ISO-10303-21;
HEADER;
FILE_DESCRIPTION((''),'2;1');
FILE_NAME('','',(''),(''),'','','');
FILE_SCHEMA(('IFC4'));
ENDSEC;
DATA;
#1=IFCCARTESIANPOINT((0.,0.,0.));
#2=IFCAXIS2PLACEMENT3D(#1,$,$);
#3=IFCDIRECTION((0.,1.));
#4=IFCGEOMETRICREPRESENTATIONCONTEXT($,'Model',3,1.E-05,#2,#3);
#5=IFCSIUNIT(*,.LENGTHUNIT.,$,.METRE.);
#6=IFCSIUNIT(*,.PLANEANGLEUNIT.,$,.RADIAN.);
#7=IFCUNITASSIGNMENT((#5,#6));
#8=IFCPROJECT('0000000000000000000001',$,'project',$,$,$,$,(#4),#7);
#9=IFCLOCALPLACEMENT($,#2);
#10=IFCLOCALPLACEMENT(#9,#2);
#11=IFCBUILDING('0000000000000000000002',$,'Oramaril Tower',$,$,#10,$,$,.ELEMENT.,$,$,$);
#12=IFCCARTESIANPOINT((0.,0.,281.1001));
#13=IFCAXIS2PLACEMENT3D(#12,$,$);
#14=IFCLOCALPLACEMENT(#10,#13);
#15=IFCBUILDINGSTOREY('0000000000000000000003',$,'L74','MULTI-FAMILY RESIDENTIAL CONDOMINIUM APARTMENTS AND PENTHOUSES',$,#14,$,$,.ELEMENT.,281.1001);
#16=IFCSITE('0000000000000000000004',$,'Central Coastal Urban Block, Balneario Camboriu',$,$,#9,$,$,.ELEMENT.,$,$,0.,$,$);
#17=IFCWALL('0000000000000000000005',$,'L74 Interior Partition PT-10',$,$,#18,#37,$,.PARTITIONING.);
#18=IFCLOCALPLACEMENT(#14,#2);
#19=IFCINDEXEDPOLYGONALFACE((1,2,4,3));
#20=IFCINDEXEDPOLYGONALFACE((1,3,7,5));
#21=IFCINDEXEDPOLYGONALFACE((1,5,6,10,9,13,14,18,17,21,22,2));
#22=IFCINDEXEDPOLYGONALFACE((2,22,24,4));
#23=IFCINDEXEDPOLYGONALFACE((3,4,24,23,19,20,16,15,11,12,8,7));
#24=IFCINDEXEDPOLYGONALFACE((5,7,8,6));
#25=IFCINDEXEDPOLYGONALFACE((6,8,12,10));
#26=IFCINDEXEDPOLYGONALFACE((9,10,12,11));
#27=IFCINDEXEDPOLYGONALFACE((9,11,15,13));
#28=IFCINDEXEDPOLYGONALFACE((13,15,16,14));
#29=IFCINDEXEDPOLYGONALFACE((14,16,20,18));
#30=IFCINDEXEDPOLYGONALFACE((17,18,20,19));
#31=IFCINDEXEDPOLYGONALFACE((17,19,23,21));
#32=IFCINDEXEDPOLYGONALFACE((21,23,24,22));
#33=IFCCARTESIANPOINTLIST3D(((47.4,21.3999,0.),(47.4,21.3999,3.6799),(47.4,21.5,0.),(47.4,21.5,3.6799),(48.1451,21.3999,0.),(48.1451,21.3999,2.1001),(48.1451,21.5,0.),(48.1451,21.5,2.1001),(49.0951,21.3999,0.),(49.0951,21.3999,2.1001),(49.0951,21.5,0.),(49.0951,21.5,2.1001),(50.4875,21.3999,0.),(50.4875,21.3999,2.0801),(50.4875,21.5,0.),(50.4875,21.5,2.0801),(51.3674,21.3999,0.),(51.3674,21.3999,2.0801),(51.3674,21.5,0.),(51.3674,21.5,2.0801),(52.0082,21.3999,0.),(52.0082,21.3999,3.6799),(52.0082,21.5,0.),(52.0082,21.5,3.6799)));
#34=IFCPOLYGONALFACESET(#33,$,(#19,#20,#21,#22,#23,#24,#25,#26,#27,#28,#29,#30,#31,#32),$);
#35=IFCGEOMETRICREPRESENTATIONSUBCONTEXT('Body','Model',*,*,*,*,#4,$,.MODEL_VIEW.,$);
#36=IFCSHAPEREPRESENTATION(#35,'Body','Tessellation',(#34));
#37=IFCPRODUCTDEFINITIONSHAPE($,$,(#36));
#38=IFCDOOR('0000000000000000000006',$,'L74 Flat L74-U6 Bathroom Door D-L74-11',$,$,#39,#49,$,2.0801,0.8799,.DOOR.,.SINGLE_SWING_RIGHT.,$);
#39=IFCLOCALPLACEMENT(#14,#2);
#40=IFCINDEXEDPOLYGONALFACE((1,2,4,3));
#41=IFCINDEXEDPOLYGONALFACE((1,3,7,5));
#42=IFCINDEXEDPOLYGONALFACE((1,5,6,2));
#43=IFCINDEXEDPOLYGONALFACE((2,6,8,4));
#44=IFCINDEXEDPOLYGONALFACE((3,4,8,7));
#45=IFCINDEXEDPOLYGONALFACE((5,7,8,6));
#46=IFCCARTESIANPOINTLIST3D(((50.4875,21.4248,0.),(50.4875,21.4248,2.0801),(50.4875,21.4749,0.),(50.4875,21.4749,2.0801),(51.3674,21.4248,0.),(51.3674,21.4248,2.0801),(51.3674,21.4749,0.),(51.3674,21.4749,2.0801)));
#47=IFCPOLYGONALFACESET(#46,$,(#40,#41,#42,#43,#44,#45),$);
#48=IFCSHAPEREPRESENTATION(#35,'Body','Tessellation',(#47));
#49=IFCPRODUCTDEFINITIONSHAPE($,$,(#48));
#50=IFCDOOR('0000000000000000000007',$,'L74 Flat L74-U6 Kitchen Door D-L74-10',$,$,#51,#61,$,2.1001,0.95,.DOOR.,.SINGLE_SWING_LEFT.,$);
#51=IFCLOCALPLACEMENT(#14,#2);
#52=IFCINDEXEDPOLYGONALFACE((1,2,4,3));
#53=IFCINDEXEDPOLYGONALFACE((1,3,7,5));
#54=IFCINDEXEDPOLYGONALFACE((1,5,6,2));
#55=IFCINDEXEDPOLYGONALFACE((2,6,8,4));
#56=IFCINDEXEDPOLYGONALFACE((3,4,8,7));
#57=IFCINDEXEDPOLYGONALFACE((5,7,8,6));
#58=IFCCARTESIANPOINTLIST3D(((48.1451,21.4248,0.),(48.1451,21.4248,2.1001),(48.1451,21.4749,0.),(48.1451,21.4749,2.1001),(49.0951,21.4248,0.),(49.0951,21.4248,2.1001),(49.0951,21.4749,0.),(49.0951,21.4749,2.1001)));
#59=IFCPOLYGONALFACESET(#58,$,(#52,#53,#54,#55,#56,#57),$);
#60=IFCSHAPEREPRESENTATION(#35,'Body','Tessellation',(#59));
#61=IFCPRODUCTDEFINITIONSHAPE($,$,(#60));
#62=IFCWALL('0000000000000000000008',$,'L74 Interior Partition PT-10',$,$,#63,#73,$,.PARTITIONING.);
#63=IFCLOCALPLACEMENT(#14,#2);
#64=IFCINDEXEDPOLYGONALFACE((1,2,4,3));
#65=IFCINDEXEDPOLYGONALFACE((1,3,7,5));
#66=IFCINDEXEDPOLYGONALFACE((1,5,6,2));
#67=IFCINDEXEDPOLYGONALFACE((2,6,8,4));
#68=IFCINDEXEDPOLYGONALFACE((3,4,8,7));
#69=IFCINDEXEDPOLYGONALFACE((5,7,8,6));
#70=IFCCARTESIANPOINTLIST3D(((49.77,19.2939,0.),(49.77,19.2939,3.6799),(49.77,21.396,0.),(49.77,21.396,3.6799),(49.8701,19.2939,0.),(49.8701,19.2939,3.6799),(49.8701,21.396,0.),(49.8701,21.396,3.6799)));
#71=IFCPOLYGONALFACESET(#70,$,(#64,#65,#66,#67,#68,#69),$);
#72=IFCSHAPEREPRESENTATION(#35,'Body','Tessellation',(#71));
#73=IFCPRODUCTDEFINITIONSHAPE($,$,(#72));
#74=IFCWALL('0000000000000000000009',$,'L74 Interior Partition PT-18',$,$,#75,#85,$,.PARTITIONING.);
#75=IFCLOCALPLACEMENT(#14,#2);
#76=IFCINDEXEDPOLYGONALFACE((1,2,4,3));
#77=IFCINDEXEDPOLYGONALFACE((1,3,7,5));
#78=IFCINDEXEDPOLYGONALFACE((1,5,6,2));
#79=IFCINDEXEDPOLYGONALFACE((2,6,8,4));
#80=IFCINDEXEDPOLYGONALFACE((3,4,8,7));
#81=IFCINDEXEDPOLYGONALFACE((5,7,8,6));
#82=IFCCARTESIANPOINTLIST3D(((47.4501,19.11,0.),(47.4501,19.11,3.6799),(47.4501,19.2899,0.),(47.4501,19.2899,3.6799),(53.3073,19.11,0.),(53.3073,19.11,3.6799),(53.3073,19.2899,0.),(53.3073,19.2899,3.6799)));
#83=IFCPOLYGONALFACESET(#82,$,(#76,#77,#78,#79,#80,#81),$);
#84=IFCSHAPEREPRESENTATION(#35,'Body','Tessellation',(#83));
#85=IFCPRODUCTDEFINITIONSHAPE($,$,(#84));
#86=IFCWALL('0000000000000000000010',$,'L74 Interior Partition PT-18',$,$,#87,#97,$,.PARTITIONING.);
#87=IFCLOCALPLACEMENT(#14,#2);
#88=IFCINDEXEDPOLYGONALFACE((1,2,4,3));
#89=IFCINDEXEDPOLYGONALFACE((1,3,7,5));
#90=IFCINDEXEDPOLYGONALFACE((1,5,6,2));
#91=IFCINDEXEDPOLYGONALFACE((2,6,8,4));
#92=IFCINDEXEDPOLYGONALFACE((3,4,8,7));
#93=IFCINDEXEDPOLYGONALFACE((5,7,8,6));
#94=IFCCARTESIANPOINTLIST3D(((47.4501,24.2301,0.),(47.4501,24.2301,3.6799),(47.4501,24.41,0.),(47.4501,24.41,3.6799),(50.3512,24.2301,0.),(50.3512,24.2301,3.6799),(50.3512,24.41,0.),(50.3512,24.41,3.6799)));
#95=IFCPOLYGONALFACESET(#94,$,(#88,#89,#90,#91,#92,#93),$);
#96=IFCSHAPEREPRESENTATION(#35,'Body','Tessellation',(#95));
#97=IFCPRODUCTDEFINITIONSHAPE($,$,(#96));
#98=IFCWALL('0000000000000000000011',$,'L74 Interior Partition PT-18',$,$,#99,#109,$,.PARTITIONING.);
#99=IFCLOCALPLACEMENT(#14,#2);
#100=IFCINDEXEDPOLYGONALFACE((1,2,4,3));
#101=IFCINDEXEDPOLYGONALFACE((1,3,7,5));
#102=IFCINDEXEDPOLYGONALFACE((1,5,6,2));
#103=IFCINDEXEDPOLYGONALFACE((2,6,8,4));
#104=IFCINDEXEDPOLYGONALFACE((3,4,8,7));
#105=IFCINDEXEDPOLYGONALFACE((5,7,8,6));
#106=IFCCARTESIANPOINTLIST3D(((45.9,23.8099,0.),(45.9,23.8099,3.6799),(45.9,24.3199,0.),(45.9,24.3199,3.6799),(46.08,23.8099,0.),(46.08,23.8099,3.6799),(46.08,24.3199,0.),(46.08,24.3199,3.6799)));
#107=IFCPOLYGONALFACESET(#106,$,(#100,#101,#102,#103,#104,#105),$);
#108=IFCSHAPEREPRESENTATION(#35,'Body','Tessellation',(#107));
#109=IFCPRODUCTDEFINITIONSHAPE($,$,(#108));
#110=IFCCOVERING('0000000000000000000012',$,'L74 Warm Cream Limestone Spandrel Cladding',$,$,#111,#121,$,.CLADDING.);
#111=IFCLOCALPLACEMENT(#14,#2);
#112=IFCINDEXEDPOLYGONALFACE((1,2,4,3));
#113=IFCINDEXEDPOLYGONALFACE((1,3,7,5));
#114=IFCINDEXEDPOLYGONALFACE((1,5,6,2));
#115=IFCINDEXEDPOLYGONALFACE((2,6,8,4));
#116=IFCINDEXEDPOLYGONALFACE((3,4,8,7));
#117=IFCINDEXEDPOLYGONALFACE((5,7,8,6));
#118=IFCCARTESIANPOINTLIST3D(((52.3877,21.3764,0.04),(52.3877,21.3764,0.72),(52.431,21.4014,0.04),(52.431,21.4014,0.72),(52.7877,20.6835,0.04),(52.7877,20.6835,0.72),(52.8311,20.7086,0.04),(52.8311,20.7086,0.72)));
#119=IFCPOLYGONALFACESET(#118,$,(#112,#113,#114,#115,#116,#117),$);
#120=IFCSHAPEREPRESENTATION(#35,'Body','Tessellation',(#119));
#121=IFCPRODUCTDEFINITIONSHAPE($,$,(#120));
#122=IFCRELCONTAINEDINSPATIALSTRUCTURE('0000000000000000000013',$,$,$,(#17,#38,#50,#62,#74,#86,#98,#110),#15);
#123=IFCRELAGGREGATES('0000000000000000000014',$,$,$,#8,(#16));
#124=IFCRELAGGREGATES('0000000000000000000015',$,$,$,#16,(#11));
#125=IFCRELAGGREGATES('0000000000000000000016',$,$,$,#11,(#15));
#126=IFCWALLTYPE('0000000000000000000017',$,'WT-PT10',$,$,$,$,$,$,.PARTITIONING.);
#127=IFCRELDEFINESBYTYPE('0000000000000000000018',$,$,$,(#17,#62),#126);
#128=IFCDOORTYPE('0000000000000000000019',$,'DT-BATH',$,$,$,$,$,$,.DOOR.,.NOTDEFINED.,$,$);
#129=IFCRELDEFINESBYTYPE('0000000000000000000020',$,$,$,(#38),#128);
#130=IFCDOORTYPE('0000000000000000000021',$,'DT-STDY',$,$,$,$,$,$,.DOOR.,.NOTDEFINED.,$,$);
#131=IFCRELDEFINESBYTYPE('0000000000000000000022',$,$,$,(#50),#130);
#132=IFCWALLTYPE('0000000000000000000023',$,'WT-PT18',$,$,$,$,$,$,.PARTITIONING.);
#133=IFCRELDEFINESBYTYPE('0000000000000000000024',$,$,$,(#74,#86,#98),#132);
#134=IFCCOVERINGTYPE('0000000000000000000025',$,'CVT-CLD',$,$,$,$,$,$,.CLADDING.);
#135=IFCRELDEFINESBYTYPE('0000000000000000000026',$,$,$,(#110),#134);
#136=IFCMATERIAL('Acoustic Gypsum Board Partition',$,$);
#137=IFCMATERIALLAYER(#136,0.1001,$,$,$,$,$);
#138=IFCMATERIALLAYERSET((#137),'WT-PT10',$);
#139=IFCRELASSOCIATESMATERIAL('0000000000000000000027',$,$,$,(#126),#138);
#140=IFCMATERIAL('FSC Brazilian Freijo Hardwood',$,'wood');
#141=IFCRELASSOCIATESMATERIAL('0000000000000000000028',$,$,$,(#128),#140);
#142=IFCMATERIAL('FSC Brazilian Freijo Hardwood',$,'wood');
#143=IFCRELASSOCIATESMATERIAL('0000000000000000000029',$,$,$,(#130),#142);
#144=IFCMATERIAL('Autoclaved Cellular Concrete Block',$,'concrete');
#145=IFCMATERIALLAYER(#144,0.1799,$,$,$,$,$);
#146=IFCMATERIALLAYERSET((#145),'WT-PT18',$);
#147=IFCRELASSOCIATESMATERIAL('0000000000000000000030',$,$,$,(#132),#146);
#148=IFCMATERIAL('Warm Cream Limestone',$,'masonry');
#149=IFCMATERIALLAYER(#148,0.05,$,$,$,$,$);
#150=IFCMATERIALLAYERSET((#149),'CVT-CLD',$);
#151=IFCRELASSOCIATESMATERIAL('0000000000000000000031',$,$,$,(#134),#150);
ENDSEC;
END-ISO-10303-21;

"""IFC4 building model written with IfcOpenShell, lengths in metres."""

from ifc_helpers import new_model, si_unit, direction, frame, frame_2d, origin, origin_2d, place, context, subcontext, project, spatial, rectangle, extrude, material, layer, layer_set, type_object, element, fill, save


model = new_model("IFC4")

# Units and contexts
model_context = context("Model", 3, precision=1e-05, world=origin(), true_north=direction((0.0, 1.0)))
body_context = subcontext(model_context, "Body", "Model", "MODEL_VIEW")
ifc_project = project(units=[si_unit("LENGTHUNIT", "METRE"), si_unit("PLANEANGLEUNIT", "RADIAN")], contexts=[model_context])

# Site, building, storey
site_placement = place(None, origin())
site = spatial("IfcSite", under=ifc_project, at=site_placement, Name="Central Coastal Urban Block, Balneario Camboriu", CompositionType="ELEMENT", RefElevation=0.0)
building_placement = place(site_placement, origin())
building = spatial("IfcBuilding", under=site, at=building_placement, Name="Oramaril Tower", CompositionType="ELEMENT")
storey_placement = place(building_placement, frame((0.0, 0.0, 281.1001)))
storey = spatial("IfcBuildingStorey", under=building, at=storey_placement, Name="L74", Description="MULTI-FAMILY RESIDENTIAL CONDOMINIUM APARTMENTS AND PENTHOUSES", CompositionType="ELEMENT", Elevation=281.1001)

# Wall, openings, doors
ifc_material_1 = material(Name="Acoustic Gypsum Board Partition")
ifc_layer_1 = layer(ifc_material_1, 0.1001)
ifc_layer_set_1 = layer_set([ifc_layer_1], Name="WT-PT10")
wall_type_1 = type_object("IfcWallType", Name="WT-PT10", PredefinedType="PARTITIONING", material=ifc_layer_set_1)
wall_1_placement = place(storey_placement, frame((47.3999, 21.45, 0.0), z_axis=(0.0, 0.0, 1.0), x_axis=(1.0, 0.0, 0.0)))
wall_1 = element("IfcWall", 1, at=wall_1_placement, inside=storey, type_object=wall_type_1, Name="L74 Interior Partition PT-10", PredefinedType="PARTITIONING", context=body_context, shape_type="SweptSolid", body=[
    extrude(rectangle(XDim=4.6082, YDim=0.1001, at=frame_2d((2.3042, 0.0))), origin(), (0.0, 0.0, 1.0), 3.6799),
])
opening_1_placement = place(wall_1_placement, frame((0.7451, 0.0, 0.0)))
opening_1 = element("IfcOpeningElement", 2, at=opening_1_placement, cuts=wall_1, PredefinedType="OPENING", context=body_context, shape_type="SweptSolid", body=[
    extrude(rectangle(XDim=0.95, YDim=2.1001, at=frame_2d((0.4751, 1.05))), frame((0.0, 0.05, 0.0), z_axis=(0.0, -1.0, 0.0), x_axis=(1.0, 0.0, 0.0)), (0.0, 0.0, 1.0), 0.1001),
])
opening_2_placement = place(wall_1_placement, frame((3.0876, 0.0, 0.0)))
opening_2 = element("IfcOpeningElement", 3, at=opening_2_placement, cuts=wall_1, PredefinedType="OPENING", context=body_context, shape_type="SweptSolid", body=[
    extrude(rectangle(XDim=0.8799, YDim=2.0801, at=frame_2d((0.4399, 1.04))), frame((0.0, 0.05, 0.0), z_axis=(0.0, -1.0, 0.0), x_axis=(1.0, 0.0, 0.0)), (0.0, 0.0, 1.0), 0.1001),
])
ifc_material_2 = material(Name="FSC Brazilian Freijo Hardwood", Category="wood")
door_type_1 = type_object("IfcDoorType", Name="DT-BATH", OperationType="NOTDEFINED", PredefinedType="DOOR", material=ifc_material_2)
door_1_placement = place(opening_2_placement, origin())
door_1 = element("IfcDoor", 4, at=door_1_placement, inside=storey, type_object=door_type_1, Name="L74 Flat L74-U6 Bathroom Door D-L74-11", OperationType="SINGLE_SWING_RIGHT", OverallHeight=2.0801, OverallWidth=0.8799, PredefinedType="DOOR", context=body_context, shape_type="SweptSolid", body=[
    extrude(rectangle(XDim=0.8799, YDim=2.0801, at=frame_2d((0.4399, 1.04))), frame((0.0, 0.0249, 0.0), z_axis=(0.0, -1.0, 0.0), x_axis=(1.0, 0.0, 0.0)), (0.0, 0.0, 1.0), 0.05),
])
fill(opening_2, door_1)
ifc_material_3 = material(Name="FSC Brazilian Freijo Hardwood", Category="wood")
door_type_2 = type_object("IfcDoorType", Name="DT-STDY", OperationType="NOTDEFINED", PredefinedType="DOOR", material=ifc_material_3)
door_2_placement = place(opening_1_placement, origin())
door_2 = element("IfcDoor", 5, at=door_2_placement, inside=storey, type_object=door_type_2, Name="L74 Flat L74-U6 Kitchen Door D-L74-10", OperationType="SINGLE_SWING_LEFT", OverallHeight=2.1001, OverallWidth=0.95, PredefinedType="DOOR", context=body_context, shape_type="SweptSolid", body=[
    extrude(rectangle(XDim=0.95, YDim=2.1001, at=frame_2d((0.4751, 1.05))), frame((0.0, 0.0249, 0.0), z_axis=(0.0, -1.0, 0.0), x_axis=(1.0, 0.0, 0.0)), (0.0, 0.0, 1.0), 0.05),
])
fill(opening_1, door_2)

# Walls
wall_2_placement = place(storey_placement, frame((49.8201, 19.2939, 0.0), z_axis=(0.0, 0.0, 1.0), x_axis=(0.0, 1.0, 0.0)))
element("IfcWall", 6, at=wall_2_placement, inside=storey, type_object=wall_type_1, Name="L74 Interior Partition PT-10", PredefinedType="PARTITIONING", context=body_context, shape_type="SweptSolid", body=[
    extrude(rectangle(XDim=2.1021, YDim=0.1001, at=frame_2d((1.051, 0.0))), origin(), (0.0, 0.0, 1.0), 3.6799),
])
ifc_material_4 = material(Name="Autoclaved Cellular Concrete Block", Category="concrete")
ifc_layer_2 = layer(ifc_material_4, 0.1799)
ifc_layer_set_2 = layer_set([ifc_layer_2], Name="WT-PT18")
wall_type_2 = type_object("IfcWallType", Name="WT-PT18", PredefinedType="PARTITIONING", material=ifc_layer_set_2)
wall_3_placement = place(storey_placement, frame((47.45, 19.2, 0.0), z_axis=(0.0, 0.0, 1.0), x_axis=(1.0, 0.0, 0.0)))
element("IfcWall", 7, at=wall_3_placement, inside=storey, type_object=wall_type_2, Name="L74 Interior Partition PT-18", PredefinedType="PARTITIONING", context=body_context, shape_type="SweptSolid", body=[
    extrude(rectangle(XDim=5.8572, YDim=0.1799, at=frame_2d((2.9287, 0.0))), origin(), (0.0, 0.0, 1.0), 3.6799),
])
wall_4_placement = place(storey_placement, frame((47.45, 24.3201, 0.0), z_axis=(0.0, 0.0, 1.0), x_axis=(1.0, 0.0, 0.0)))
element("IfcWall", 8, at=wall_4_placement, inside=storey, type_object=wall_type_2, Name="L74 Interior Partition PT-18", PredefinedType="PARTITIONING", context=body_context, shape_type="SweptSolid", body=[
    extrude(rectangle(XDim=2.9011, YDim=0.1799, at=frame_2d((1.4507, 0.0))), origin(), (0.0, 0.0, 1.0), 3.6799),
])
wall_5_placement = place(storey_placement, frame((45.99, 23.8101, 0.0), z_axis=(0.0, 0.0, 1.0), x_axis=(0.0, 1.0, 0.0)))
element("IfcWall", 9, at=wall_5_placement, inside=storey, type_object=wall_type_2, Name="L74 Interior Partition PT-18", PredefinedType="PARTITIONING", context=body_context, shape_type="SweptSolid", body=[
    extrude(rectangle(XDim=0.51, YDim=0.1799, at=frame_2d((0.2549, 0.0))), origin(), (0.0, 0.0, 1.0), 3.6799),
])

# Covering
ifc_material_5 = material(Name="Warm Cream Limestone", Category="masonry")
ifc_layer_3 = layer(ifc_material_5, 0.05)
ifc_layer_set_3 = layer_set([ifc_layer_3], Name="CVT-CLD")
covering_type = type_object("IfcCoveringType", Name="CVT-CLD", PredefinedType="CLADDING", material=ifc_layer_set_3)
covering_placement = place(storey_placement, frame((52.6094, 21.0425, 0.04), z_axis=(0.0, 0.0, 1.0), x_axis=(-0.5, 0.866025, 0.0)))
element("IfcCovering", 10, at=covering_placement, inside=storey, type_object=covering_type, Name="L74 Warm Cream Limestone Spandrel Cladding", PredefinedType="CLADDING", context=body_context, shape_type="SweptSolid", body=[
    extrude(rectangle(XDim=0.8, YDim=0.05, at=origin_2d()), origin(), (0.0, 0.0, 1.0), 0.6799),
])

save(model, "model.ifc")
